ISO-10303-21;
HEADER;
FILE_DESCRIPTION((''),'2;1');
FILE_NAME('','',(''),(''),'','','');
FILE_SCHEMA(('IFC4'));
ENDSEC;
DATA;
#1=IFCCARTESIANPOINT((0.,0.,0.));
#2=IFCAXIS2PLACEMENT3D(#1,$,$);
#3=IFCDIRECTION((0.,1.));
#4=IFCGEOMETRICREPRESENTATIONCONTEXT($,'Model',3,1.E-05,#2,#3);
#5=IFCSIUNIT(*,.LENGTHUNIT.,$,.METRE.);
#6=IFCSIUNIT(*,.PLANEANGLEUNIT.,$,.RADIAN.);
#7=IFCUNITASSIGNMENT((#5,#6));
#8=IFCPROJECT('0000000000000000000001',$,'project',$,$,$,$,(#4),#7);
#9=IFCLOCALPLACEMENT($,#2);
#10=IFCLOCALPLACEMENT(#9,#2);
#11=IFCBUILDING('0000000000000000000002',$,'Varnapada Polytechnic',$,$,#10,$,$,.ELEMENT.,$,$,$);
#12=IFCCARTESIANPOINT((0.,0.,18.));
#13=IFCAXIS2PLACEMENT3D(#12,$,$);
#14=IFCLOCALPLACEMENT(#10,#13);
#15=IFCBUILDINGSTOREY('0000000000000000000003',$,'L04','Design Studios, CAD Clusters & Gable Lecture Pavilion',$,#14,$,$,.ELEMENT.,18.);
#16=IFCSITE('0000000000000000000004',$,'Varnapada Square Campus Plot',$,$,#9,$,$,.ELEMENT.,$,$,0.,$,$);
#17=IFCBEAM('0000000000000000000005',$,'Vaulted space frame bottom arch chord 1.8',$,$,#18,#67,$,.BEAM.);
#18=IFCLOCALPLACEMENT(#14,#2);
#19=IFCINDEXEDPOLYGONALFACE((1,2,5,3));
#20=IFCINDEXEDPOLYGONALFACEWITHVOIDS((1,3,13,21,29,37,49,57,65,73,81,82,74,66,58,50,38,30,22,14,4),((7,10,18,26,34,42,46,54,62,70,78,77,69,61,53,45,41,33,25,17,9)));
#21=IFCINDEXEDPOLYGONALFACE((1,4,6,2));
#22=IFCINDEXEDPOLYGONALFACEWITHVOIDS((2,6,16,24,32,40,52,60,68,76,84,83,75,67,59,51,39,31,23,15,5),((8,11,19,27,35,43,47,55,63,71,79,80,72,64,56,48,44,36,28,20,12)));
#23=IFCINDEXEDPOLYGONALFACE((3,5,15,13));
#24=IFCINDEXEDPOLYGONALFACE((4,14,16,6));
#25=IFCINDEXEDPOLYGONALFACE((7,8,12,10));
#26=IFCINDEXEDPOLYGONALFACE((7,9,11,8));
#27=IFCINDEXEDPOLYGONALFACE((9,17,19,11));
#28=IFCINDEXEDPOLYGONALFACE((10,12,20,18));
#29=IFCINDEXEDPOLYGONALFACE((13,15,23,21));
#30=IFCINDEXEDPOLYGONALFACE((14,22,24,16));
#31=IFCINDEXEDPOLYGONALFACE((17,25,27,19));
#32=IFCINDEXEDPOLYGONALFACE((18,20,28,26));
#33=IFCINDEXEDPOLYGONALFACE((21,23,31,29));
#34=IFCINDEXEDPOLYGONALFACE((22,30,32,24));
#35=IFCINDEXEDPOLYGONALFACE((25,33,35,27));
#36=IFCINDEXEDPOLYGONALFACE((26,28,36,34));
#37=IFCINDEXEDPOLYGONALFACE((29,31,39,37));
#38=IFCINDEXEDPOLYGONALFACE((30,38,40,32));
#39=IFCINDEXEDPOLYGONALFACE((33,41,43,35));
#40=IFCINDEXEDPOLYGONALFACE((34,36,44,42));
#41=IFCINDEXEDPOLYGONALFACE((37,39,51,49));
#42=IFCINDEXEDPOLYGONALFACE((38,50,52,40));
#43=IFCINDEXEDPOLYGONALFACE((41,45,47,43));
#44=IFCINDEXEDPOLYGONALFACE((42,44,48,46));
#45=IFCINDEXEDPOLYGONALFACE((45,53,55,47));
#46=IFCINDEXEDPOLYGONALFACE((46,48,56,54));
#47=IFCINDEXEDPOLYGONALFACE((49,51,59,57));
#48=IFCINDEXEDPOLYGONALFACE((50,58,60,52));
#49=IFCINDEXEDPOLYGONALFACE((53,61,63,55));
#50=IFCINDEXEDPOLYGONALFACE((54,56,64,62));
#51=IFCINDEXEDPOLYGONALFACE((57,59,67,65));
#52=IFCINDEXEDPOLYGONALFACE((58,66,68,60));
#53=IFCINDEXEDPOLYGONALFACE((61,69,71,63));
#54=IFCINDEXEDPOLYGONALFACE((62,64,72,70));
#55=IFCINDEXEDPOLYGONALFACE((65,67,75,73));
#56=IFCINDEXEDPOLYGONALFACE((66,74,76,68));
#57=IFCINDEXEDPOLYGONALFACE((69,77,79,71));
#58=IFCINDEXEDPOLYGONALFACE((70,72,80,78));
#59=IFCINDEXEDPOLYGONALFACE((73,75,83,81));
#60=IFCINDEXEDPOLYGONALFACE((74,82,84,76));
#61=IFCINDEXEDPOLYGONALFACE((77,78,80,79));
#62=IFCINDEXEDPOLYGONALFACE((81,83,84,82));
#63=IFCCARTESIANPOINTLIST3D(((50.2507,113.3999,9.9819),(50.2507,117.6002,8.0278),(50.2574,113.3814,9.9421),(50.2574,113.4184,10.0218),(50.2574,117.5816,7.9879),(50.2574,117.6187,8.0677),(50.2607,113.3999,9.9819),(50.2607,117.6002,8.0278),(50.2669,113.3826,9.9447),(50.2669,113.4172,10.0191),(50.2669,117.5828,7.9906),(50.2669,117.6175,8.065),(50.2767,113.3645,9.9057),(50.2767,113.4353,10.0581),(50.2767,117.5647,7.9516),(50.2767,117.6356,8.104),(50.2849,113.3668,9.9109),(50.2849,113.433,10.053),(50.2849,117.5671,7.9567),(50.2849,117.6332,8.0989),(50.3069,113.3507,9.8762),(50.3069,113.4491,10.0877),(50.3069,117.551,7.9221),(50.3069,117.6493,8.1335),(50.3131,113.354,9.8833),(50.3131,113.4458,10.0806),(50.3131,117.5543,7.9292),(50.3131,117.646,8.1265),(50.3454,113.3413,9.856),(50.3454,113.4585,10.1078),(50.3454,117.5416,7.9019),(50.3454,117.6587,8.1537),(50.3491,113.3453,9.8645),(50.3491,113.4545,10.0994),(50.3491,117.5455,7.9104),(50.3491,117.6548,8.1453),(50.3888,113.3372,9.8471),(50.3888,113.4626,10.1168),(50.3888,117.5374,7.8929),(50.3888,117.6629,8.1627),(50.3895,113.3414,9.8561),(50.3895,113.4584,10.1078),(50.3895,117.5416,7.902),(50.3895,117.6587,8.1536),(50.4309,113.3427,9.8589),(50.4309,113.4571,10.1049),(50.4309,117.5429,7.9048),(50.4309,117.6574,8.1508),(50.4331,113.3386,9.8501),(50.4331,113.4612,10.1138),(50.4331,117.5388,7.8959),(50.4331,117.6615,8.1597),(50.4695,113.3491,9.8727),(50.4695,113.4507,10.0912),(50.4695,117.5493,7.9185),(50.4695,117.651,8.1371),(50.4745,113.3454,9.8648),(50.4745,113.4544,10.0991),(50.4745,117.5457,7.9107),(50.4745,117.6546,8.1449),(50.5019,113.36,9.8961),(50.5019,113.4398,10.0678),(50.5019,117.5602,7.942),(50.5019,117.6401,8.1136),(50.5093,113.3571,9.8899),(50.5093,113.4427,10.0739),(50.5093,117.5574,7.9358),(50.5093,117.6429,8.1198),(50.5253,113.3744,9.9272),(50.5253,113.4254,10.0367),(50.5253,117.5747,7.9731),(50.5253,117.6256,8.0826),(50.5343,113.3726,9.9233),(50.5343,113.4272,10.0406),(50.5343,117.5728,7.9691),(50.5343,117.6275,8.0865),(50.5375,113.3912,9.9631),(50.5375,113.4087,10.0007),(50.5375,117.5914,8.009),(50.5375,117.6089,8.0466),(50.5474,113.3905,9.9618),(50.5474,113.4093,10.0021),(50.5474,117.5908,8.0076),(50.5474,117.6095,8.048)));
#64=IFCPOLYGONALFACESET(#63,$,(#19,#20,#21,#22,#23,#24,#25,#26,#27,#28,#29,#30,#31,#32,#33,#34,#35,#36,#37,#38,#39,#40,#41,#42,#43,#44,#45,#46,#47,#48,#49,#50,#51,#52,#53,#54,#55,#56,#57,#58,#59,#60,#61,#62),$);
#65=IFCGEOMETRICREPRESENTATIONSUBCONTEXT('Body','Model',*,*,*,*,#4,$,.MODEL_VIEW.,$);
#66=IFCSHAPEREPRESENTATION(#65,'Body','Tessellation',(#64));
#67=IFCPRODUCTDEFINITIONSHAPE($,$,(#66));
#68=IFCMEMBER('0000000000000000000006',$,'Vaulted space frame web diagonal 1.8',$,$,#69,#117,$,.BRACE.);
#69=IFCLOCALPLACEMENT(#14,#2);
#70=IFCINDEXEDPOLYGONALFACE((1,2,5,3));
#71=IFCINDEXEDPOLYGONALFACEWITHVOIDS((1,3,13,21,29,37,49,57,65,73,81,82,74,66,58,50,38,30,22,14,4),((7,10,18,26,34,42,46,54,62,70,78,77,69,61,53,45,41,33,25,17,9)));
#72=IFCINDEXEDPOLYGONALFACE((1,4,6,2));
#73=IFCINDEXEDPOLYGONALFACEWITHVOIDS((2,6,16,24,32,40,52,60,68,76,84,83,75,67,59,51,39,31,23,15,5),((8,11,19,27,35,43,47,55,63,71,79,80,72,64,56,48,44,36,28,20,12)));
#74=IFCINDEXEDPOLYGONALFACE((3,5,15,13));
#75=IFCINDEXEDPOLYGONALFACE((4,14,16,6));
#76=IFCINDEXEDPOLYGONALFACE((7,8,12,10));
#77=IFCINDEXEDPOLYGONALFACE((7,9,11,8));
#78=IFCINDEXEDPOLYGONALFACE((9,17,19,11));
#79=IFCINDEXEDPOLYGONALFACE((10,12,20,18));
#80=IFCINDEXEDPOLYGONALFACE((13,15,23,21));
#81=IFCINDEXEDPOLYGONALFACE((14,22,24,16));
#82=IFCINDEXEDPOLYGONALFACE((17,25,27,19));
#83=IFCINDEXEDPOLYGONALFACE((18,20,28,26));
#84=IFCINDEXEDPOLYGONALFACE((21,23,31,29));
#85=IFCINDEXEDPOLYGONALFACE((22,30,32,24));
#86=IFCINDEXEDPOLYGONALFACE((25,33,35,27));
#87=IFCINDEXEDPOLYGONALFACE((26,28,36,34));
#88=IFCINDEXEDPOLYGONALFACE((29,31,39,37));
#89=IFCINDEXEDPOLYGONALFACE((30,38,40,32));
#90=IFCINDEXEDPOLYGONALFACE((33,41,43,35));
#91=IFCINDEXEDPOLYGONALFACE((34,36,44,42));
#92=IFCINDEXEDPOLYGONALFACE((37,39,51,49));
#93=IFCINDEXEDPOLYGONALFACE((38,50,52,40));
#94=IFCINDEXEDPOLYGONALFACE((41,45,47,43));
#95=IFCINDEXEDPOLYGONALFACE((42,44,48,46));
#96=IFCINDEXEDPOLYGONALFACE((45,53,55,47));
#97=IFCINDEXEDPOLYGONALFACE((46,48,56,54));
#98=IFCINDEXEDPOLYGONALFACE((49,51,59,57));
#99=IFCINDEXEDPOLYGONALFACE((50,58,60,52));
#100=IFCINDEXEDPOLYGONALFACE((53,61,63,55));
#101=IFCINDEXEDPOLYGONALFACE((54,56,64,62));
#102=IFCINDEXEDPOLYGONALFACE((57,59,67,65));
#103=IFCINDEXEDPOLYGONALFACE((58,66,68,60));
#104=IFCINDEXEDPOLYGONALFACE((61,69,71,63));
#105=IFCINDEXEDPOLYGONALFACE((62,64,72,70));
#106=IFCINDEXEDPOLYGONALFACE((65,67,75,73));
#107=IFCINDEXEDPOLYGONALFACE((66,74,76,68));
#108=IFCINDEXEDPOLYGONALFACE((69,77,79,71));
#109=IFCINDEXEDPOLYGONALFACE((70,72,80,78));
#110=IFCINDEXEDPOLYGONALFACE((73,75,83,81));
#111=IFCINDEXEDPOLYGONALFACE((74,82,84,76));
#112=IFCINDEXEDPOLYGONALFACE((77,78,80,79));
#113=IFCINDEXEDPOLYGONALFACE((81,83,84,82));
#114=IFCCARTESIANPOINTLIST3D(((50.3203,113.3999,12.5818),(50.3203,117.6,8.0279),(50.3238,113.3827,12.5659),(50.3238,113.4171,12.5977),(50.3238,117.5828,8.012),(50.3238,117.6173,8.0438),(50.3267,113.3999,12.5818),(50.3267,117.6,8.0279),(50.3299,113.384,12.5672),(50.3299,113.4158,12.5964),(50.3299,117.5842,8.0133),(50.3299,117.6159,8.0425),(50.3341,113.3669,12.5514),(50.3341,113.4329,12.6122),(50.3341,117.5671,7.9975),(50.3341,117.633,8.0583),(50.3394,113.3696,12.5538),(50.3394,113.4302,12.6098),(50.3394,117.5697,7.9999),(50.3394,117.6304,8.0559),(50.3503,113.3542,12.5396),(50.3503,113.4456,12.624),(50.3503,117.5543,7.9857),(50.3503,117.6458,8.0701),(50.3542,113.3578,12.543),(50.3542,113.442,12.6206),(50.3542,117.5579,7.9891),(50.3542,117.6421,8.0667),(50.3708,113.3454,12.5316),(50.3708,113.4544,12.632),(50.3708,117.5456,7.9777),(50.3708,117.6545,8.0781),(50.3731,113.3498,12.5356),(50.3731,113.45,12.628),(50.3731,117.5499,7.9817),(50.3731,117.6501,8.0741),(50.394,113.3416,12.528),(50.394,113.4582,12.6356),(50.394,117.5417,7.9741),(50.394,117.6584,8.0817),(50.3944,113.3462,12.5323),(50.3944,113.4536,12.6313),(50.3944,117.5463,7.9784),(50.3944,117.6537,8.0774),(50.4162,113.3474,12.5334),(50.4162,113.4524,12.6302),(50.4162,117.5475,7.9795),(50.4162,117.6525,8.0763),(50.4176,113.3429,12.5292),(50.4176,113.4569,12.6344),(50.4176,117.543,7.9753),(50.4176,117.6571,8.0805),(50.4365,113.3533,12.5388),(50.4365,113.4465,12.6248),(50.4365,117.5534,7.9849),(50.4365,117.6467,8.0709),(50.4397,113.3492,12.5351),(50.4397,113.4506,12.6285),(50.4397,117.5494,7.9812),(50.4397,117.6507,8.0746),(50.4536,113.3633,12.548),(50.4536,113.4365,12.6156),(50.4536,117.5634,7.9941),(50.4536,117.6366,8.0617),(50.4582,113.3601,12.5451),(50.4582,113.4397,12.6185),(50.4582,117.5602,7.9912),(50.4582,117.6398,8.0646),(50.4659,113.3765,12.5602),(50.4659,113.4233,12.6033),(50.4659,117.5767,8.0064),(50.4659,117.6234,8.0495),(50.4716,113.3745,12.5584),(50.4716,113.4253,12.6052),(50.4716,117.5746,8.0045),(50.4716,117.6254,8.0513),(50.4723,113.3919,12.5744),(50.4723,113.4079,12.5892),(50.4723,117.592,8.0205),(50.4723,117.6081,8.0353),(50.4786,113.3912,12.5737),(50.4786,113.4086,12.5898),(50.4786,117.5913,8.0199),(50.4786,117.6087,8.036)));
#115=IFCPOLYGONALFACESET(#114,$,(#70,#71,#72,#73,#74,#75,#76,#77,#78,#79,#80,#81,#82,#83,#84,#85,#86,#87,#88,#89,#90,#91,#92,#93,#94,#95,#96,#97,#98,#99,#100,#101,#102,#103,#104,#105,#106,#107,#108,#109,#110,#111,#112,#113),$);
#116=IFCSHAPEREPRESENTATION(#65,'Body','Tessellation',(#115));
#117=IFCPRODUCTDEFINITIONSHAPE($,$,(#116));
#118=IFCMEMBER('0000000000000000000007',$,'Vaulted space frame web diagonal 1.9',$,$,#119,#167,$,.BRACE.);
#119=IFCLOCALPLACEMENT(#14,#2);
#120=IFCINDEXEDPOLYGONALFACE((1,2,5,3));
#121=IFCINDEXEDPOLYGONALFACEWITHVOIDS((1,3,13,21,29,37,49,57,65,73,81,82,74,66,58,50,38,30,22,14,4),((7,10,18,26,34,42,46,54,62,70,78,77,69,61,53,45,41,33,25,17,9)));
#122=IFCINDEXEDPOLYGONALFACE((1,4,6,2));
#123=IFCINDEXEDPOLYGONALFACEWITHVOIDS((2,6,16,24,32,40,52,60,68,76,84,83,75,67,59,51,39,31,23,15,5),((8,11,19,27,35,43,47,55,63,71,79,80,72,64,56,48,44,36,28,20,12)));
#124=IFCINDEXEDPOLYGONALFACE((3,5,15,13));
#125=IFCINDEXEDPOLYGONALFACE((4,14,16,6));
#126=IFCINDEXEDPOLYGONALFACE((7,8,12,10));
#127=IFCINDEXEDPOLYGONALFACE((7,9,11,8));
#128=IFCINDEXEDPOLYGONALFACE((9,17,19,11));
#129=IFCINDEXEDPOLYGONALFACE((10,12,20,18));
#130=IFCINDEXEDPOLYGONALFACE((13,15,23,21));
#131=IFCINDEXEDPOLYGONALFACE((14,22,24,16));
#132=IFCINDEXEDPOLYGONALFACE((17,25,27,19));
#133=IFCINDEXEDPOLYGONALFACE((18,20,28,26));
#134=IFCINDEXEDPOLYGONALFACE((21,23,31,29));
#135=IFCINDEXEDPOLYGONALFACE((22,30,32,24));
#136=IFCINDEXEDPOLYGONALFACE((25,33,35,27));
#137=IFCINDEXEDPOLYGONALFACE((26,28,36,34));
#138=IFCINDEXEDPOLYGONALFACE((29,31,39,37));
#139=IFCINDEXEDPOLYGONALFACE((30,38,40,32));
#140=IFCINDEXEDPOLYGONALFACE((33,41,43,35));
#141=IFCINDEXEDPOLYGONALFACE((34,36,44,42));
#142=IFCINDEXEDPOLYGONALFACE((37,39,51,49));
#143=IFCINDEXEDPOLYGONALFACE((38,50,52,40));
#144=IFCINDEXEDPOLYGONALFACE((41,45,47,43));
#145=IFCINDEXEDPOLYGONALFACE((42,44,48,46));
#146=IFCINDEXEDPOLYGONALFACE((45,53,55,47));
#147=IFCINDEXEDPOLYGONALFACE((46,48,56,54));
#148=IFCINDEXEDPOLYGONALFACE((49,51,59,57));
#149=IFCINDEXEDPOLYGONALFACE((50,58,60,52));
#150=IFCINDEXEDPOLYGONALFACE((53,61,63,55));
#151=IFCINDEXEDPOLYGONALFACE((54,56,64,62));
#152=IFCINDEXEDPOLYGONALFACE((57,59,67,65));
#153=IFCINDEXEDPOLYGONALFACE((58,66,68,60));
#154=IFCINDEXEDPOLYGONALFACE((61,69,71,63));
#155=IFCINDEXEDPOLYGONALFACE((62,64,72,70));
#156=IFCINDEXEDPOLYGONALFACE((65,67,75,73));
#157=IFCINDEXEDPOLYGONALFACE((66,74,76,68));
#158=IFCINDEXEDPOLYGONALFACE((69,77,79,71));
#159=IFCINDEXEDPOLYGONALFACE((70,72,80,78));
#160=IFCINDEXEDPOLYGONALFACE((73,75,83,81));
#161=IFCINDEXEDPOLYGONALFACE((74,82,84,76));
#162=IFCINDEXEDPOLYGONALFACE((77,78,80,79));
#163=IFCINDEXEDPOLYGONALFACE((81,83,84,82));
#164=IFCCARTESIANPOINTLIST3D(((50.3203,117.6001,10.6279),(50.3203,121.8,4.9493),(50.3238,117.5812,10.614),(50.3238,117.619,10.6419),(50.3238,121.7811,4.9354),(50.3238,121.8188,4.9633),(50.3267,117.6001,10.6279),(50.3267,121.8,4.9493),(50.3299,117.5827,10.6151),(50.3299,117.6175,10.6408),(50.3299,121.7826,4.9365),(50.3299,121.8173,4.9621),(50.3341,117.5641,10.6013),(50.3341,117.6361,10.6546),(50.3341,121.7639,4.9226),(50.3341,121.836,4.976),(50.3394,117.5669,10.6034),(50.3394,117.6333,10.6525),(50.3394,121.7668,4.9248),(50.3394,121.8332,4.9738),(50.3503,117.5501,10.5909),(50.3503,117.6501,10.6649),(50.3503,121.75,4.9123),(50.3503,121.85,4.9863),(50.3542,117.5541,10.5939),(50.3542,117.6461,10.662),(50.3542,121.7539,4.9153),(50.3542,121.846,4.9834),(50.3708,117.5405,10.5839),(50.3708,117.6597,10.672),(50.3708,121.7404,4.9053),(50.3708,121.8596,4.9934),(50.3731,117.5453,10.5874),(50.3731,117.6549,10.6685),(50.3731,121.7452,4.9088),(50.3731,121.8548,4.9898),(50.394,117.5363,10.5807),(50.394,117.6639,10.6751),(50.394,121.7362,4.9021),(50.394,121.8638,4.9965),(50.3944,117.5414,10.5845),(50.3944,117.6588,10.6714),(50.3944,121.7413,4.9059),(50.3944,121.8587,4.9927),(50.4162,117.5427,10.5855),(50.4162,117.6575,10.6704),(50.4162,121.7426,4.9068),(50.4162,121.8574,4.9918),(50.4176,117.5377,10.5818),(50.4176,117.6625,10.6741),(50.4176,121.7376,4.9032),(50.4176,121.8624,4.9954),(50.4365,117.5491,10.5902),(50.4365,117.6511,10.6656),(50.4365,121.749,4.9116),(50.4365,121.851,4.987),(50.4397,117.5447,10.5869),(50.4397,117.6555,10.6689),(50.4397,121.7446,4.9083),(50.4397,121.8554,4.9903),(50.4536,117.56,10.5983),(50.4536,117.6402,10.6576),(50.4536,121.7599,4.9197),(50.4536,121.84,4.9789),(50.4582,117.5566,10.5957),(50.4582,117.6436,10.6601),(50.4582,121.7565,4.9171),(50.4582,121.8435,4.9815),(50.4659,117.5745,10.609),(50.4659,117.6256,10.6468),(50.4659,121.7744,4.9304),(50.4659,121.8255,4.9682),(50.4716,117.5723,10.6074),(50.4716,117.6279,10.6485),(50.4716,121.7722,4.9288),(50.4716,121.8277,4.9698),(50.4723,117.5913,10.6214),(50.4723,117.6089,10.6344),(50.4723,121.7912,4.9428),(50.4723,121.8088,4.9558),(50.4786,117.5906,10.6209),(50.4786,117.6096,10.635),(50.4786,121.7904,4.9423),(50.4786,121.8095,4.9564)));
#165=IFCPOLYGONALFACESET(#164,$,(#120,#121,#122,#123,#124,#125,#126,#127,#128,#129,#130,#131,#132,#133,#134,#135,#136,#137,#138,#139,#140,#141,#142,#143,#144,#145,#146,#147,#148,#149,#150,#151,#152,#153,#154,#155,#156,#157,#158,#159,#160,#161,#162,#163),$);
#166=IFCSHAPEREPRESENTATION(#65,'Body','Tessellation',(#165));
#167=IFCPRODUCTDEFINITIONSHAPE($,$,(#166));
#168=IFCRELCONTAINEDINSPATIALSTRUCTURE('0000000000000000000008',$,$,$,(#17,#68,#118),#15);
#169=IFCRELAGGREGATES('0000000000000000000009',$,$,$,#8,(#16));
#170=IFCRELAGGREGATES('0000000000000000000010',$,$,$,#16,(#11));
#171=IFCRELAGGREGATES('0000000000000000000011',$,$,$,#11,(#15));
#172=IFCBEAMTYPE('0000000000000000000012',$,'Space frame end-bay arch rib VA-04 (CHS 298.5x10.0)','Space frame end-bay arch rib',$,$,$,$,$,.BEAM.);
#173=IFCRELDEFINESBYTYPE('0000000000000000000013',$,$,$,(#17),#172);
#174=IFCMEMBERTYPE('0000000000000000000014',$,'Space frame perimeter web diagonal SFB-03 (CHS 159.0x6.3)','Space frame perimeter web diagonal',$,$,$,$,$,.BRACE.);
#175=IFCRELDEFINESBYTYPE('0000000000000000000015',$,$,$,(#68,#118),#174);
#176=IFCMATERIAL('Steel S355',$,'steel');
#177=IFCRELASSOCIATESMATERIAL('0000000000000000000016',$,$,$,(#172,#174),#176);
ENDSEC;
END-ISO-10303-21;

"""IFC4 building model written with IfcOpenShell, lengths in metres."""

from ifc_helpers import new_model, si_unit, direction, frame, origin, origin_2d, place, context, subcontext, project, spatial, hollow_circle, extrude, material, material_profile, profile_set, type_object, element, save


model = new_model("IFC4")

# Units and contexts
model_context = context("Model", 3, precision=1e-05, world=origin(), true_north=direction((0.0, 1.0)))
body_context = subcontext(model_context, "Body", "Model", "MODEL_VIEW")
ifc_project = project(units=[si_unit("LENGTHUNIT", "METRE"), si_unit("PLANEANGLEUNIT", "RADIAN")], contexts=[model_context])

# Site, building, storey
site_placement = place(None, origin())
site = spatial("IfcSite", under=ifc_project, at=site_placement, Name="Varnapada Square Campus Plot", CompositionType="ELEMENT", RefElevation=0.0)
building_placement = place(site_placement, origin())
building = spatial("IfcBuilding", under=site, at=building_placement, Name="Varnapada Polytechnic", CompositionType="ELEMENT")
storey_placement = place(building_placement, frame((0.0, 0.0, 18.0)))
storey = spatial("IfcBuildingStorey", under=building, at=storey_placement, Name="L04", Description="Design Studios, CAD Clusters & Gable Lecture Pavilion", CompositionType="ELEMENT", Elevation=18.0)

# Beam
ifc_material = material(Name="Steel S355", Category="steel")
ifc_material_profile_1 = material_profile(ifc_material, hollow_circle(Radius=0.1492, WallThickness=0.01, at=origin_2d()), Name="CHS 298.5x10.0")
ifc_profile_set_1 = profile_set([ifc_material_profile_1], Name="Steel S355")
beam_type_1 = type_object("IfcBeamType", Name="Space frame end-bay arch rib VA-04 (CHS 298.5x10.0)", Description="Space frame end-bay arch rib", PredefinedType="BEAM", material=ifc_profile_set_1)
beam_1_placement = place(storey_placement, frame((50.3999, 113.3999, 9.9819), z_axis=(0.0, 0.906678, -0.421823), x_axis=(-1.0, 0.0, 0.0)))
element("IfcBeam", 1, at=beam_1_placement, inside=storey, type_object=beam_type_1, Name="Vaulted space frame bottom arch chord 1.8", PredefinedType="BEAM", context=body_context, shape_type="SweptSolid", body=[
    extrude(hollow_circle(Radius=0.1492, WallThickness=0.01, at=origin_2d()), origin(), (0.0, 0.0, 1.0), 4.6326),
])

# Members
ifc_material_profile_2 = material_profile(ifc_material, hollow_circle(Radius=0.0796, WallThickness=0.0063, at=origin_2d()), Name="CHS 159.0x6.3")
ifc_profile_set_2 = profile_set([ifc_material_profile_2], Name="Steel S355")
member_type_1 = type_object("IfcMemberType", Name="Space frame perimeter web diagonal SFB-03 (CHS 159.0x6.3)", Description="Space frame perimeter web diagonal", PredefinedType="BRACE", material=ifc_profile_set_2)
member_1_placement = place(storey_placement, frame((50.3999, 113.3999, 12.5818), z_axis=(0.0, 0.677979, -0.735081), x_axis=(-1.0, 0.0, 0.0)))
element("IfcMember", 2, at=member_1_placement, inside=storey, type_object=member_type_1, Name="Vaulted space frame web diagonal 1.8", PredefinedType="BRACE", context=body_context, shape_type="SweptSolid", body=[
    extrude(hollow_circle(Radius=0.0796, WallThickness=0.0063, at=origin_2d()), origin(), (0.0, 0.0, 1.0), 6.1951),
])
member_2_placement = place(storey_placement, frame((50.3999, 117.6001, 10.6279), z_axis=(0.0, 0.594633, -0.803997), x_axis=(-1.0, 0.0, 0.0)))
element("IfcMember", 3, at=member_2_placement, inside=storey, type_object=member_type_1, Name="Vaulted space frame web diagonal 1.9", PredefinedType="BRACE", context=body_context, shape_type="SweptSolid", body=[
    extrude(hollow_circle(Radius=0.0796, WallThickness=0.0063, at=origin_2d()), origin(), (0.0, 0.0, 1.0), 7.063),
])

save(model, "model.ifc")
